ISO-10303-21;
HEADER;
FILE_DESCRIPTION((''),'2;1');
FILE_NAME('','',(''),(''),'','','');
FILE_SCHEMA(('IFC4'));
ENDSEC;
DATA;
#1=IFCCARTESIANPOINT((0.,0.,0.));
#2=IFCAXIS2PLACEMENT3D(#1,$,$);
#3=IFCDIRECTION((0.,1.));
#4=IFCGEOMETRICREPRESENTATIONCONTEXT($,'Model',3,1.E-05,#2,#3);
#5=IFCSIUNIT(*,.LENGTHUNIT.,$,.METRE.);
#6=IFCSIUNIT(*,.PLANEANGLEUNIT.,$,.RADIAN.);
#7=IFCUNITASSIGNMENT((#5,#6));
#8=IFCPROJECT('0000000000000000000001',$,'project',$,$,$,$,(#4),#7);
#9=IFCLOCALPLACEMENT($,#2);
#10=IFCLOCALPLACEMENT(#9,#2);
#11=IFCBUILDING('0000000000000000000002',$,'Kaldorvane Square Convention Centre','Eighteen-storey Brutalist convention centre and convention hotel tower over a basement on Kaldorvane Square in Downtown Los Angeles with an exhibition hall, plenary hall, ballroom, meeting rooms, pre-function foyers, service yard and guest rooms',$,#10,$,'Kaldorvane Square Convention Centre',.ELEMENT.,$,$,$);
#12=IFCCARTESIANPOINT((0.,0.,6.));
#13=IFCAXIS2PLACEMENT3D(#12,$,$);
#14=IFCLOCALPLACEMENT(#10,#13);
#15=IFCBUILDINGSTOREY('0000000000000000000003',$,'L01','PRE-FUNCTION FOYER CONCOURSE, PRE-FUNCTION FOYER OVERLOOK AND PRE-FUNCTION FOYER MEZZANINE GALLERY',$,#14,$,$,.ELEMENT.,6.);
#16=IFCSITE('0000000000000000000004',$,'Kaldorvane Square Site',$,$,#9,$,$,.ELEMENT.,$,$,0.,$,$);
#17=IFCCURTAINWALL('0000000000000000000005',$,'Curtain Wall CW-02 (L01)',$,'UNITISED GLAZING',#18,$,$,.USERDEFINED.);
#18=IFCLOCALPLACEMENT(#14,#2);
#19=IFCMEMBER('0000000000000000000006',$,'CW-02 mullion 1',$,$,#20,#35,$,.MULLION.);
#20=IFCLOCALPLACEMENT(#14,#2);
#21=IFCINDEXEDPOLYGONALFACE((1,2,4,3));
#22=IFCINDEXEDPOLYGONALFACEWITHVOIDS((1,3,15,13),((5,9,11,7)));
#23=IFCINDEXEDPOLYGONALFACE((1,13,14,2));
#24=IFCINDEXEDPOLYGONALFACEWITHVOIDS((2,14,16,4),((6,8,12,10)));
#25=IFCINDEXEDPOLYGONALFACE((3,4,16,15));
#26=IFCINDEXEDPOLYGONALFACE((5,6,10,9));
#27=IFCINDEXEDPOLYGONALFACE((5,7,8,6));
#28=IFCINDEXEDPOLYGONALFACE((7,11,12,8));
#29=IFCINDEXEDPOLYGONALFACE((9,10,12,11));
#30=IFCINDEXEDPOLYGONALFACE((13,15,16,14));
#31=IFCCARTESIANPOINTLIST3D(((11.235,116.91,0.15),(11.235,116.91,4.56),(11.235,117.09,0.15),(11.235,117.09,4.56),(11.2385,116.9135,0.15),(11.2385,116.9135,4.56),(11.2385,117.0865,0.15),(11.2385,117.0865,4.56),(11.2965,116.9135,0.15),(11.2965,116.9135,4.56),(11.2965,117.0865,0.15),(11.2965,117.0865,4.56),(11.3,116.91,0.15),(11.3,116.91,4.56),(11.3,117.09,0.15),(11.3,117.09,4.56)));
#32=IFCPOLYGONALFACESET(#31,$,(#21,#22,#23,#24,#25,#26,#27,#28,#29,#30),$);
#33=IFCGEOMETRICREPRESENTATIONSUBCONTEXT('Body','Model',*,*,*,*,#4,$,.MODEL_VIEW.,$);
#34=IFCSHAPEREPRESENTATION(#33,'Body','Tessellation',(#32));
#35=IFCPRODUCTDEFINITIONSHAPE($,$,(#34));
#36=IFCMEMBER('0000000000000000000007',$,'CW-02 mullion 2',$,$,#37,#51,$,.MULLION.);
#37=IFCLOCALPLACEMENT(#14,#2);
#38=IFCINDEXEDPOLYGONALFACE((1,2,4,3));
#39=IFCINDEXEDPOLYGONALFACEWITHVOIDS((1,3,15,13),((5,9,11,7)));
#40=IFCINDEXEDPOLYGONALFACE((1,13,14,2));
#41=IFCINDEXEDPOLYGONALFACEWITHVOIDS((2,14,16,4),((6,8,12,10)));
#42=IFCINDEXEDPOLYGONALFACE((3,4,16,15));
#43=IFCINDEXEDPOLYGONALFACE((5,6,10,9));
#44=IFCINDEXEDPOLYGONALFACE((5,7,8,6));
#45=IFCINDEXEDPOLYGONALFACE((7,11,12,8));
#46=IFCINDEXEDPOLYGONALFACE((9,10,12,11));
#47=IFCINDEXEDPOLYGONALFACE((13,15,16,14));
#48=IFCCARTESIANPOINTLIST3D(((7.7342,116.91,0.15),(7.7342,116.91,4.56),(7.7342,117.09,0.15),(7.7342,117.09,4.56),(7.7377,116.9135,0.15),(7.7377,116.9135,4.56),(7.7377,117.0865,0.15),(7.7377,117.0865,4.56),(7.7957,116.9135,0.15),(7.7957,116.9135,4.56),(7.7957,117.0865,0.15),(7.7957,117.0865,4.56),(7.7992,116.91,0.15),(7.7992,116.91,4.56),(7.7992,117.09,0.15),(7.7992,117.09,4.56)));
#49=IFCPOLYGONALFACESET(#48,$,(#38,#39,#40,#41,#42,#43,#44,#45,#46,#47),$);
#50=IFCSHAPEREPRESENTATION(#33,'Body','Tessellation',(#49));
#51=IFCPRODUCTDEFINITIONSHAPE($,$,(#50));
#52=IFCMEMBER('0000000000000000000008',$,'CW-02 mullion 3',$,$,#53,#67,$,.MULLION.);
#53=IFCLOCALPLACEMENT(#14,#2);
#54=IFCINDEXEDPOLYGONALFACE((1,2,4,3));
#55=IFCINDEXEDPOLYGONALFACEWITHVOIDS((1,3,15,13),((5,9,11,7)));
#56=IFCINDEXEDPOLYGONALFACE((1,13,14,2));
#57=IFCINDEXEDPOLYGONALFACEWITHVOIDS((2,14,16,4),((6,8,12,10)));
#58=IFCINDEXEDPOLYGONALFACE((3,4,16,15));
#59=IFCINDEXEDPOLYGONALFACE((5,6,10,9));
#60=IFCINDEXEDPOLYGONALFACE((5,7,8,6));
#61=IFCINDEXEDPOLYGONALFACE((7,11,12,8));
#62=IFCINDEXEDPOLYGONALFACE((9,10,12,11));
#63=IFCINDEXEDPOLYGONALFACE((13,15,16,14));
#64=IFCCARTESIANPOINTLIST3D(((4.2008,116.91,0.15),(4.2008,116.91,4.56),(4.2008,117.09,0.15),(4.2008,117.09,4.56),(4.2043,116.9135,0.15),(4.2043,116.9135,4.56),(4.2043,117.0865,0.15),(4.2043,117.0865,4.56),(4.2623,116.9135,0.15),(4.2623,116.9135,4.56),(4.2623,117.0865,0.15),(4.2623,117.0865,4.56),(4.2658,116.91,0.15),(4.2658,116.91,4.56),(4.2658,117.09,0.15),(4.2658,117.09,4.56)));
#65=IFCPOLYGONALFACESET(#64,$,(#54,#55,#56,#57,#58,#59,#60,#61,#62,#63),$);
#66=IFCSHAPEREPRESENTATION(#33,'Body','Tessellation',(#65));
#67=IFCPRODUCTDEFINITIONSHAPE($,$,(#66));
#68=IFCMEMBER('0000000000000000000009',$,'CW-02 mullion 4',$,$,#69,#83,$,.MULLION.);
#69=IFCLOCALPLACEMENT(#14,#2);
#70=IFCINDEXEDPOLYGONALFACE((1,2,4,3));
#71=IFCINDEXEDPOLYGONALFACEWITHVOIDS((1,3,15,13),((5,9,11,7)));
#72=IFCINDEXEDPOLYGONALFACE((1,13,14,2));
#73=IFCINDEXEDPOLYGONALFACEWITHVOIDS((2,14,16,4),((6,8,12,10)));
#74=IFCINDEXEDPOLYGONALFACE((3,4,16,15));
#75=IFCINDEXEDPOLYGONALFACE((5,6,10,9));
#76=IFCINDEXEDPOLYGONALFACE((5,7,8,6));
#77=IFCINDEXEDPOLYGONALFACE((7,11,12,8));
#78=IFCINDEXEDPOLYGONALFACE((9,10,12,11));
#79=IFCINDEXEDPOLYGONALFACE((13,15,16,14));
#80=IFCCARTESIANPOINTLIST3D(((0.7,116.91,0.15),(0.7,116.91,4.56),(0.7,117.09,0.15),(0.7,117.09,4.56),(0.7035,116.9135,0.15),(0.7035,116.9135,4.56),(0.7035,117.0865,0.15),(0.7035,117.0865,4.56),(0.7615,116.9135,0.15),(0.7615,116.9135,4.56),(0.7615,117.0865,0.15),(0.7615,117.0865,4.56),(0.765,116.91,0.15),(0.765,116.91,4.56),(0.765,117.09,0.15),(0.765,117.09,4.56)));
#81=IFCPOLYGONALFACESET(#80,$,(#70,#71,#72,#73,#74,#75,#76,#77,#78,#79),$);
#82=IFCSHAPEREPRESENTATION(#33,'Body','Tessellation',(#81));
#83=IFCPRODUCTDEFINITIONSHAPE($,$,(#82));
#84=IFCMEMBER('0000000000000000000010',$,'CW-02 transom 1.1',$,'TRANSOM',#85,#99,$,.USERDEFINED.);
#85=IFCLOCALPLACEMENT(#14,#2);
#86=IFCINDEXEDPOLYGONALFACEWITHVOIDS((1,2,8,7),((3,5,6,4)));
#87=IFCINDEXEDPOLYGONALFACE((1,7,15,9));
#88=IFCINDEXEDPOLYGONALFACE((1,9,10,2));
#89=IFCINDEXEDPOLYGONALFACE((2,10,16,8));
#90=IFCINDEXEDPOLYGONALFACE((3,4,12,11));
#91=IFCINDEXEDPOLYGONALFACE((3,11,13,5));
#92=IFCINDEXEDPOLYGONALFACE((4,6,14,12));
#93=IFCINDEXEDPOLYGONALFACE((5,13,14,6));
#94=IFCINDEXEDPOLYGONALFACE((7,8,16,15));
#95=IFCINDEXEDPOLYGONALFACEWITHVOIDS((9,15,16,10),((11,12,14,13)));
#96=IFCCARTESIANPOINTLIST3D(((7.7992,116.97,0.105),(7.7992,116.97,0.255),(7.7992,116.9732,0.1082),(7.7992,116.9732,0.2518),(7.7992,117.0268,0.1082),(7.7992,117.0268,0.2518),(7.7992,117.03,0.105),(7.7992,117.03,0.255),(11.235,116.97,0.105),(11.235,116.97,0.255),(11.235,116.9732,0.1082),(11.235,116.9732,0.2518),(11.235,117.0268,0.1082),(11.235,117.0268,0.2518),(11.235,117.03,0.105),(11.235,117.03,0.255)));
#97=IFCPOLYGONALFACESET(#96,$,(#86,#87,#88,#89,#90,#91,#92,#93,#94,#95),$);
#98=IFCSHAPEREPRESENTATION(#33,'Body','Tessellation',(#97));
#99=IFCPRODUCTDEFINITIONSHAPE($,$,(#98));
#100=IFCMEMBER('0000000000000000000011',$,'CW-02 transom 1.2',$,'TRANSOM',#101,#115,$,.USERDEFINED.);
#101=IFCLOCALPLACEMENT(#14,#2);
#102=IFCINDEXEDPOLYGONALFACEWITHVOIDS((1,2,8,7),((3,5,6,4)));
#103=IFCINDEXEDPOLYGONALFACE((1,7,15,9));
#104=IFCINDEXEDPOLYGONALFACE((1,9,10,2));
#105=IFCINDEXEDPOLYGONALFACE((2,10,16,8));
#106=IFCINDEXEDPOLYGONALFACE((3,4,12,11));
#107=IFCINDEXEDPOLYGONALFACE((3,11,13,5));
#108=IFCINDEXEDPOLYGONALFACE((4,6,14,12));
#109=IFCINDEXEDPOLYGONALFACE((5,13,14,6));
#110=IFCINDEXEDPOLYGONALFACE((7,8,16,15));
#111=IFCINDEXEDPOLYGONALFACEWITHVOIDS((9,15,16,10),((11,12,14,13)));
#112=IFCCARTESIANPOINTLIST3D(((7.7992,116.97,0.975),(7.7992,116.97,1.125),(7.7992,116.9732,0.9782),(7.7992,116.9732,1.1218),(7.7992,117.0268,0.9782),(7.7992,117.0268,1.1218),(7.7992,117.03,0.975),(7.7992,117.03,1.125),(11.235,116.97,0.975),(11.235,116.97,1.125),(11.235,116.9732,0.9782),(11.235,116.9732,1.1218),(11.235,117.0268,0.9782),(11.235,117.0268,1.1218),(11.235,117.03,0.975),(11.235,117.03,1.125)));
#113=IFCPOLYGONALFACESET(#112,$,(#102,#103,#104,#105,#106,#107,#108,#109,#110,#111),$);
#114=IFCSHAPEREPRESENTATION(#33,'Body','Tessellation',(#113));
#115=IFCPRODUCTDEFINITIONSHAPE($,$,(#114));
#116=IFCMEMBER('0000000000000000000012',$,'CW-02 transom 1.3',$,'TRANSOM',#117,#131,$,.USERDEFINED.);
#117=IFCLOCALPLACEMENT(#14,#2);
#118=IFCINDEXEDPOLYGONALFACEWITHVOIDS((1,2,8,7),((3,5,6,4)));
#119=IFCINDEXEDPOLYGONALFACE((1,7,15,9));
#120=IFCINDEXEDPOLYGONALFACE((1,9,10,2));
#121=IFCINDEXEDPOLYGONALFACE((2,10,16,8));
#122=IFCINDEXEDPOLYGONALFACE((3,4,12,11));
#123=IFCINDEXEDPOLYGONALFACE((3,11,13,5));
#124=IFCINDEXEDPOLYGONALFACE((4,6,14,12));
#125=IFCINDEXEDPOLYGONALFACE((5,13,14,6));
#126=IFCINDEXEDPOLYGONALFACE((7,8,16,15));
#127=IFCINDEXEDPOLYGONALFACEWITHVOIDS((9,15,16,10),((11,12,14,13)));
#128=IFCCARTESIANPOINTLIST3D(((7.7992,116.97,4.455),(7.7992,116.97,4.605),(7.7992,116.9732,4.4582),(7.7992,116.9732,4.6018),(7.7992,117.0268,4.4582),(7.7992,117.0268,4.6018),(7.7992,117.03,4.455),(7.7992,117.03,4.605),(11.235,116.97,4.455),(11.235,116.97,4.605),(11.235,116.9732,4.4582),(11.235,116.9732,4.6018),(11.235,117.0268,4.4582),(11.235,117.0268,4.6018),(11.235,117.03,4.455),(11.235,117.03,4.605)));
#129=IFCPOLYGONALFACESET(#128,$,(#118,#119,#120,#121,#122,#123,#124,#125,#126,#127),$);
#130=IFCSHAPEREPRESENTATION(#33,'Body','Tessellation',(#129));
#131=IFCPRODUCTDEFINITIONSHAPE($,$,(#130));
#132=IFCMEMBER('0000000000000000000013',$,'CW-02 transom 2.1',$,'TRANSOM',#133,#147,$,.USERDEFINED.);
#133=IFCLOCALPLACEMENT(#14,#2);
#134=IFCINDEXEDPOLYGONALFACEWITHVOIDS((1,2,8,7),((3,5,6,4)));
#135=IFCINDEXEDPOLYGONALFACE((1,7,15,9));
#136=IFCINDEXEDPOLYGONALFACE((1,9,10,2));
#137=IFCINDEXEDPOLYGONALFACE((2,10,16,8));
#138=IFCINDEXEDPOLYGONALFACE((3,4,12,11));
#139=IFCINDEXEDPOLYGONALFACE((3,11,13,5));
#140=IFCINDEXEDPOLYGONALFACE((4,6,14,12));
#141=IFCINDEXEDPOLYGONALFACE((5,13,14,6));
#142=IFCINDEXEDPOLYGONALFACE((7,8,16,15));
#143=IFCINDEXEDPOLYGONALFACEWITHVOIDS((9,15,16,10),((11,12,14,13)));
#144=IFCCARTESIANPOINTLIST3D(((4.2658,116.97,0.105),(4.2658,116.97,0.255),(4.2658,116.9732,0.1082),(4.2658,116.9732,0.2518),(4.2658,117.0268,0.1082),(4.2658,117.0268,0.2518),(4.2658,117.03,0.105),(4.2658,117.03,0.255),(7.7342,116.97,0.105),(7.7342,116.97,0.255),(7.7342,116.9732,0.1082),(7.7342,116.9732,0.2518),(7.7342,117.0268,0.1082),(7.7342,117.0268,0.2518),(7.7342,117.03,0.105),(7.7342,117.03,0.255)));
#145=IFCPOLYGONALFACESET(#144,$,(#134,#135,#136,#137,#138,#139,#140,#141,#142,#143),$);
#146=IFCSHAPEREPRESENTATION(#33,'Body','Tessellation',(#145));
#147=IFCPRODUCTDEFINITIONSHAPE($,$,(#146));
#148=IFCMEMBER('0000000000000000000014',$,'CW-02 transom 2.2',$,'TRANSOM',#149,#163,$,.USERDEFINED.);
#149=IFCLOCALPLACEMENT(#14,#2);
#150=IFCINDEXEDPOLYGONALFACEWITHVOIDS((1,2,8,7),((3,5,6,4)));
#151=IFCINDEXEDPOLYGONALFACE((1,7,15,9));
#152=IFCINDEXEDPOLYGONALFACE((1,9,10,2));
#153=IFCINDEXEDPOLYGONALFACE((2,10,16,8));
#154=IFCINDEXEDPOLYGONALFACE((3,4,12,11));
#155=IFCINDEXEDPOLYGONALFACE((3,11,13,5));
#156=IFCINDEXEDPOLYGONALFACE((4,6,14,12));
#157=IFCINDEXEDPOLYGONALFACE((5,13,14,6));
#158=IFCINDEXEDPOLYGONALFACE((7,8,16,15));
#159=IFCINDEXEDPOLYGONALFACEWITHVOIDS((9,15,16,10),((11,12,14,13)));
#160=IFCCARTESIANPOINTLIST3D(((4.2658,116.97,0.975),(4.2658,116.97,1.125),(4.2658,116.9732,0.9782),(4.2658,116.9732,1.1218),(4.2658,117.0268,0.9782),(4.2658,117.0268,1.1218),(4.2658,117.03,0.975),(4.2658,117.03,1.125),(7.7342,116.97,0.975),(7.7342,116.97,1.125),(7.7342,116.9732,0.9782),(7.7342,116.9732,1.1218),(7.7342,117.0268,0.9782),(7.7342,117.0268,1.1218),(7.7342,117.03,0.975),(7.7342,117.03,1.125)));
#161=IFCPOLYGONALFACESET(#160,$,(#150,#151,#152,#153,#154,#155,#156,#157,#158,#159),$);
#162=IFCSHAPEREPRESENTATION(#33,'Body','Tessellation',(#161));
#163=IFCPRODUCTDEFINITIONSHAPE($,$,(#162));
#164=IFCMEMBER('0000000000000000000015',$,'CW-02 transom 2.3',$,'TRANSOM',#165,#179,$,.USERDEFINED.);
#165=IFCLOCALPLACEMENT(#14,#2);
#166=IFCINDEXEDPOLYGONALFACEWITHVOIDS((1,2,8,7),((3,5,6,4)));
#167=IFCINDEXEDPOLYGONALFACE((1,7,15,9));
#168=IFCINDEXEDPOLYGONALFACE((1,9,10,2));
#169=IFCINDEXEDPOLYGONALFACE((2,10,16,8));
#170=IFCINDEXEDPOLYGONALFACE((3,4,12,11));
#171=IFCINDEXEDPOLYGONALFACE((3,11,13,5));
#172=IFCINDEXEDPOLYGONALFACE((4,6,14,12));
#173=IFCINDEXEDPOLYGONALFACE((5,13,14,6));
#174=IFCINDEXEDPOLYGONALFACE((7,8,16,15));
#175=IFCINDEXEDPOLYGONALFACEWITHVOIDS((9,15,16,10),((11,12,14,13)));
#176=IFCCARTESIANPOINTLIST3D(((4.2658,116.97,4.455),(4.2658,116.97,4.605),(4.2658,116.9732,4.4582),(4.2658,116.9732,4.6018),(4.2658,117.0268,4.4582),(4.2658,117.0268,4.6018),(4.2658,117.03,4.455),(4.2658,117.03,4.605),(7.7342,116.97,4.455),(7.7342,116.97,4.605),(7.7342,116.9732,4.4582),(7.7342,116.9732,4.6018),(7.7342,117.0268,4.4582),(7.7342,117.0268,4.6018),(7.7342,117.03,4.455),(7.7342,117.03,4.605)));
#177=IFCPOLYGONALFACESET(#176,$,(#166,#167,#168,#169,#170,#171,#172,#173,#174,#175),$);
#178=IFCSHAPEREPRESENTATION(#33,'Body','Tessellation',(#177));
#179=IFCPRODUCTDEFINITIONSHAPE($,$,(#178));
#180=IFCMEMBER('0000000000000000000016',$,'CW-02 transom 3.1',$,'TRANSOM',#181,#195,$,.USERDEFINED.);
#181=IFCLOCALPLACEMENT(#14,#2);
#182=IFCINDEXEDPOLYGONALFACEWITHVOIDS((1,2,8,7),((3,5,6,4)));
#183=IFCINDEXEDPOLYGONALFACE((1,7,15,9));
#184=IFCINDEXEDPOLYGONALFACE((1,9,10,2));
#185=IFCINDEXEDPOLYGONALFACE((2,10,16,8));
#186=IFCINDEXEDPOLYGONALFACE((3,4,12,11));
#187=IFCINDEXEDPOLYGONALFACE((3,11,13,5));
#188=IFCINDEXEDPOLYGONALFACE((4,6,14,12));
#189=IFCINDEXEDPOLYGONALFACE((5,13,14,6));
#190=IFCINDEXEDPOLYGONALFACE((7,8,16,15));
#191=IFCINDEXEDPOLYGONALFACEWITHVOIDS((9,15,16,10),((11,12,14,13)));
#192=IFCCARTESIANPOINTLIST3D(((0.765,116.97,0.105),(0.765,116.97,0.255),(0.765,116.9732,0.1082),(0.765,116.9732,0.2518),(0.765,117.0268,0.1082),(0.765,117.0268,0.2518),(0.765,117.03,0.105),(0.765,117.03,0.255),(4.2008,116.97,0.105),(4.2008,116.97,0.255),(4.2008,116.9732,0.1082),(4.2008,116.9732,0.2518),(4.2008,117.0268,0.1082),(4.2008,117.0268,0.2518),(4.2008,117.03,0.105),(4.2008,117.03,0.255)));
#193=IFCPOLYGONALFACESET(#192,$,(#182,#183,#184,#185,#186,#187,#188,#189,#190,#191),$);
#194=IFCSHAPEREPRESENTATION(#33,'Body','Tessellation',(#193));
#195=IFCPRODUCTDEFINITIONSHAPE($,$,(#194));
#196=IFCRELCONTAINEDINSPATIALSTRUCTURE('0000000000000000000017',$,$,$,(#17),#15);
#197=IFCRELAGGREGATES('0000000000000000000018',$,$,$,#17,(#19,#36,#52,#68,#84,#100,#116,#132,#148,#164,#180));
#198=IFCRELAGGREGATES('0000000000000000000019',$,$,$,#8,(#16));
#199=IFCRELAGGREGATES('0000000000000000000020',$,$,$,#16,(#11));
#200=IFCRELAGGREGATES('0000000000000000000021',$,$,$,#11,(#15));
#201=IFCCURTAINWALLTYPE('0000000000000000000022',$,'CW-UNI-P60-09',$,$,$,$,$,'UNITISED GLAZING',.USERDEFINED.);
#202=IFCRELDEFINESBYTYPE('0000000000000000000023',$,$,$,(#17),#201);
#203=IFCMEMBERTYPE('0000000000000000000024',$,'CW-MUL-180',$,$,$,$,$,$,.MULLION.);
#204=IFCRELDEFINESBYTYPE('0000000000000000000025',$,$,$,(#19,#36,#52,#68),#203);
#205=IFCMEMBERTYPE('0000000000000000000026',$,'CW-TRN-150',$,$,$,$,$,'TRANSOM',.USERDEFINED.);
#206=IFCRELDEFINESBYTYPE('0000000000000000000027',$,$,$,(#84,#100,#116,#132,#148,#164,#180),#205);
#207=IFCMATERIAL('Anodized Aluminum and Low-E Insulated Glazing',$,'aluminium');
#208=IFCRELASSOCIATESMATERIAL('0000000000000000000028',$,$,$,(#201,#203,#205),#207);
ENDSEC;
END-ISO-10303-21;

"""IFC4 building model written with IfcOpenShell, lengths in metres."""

from ifc_helpers import new_model, si_unit, direction, frame, origin, origin_2d, place, context, subcontext, project, spatial, hollow_rectangle, extrude, material, material_profile, profile_set, type_object, element, aggregate, save


model = new_model("IFC4")

# Units and contexts
model_context = context("Model", 3, precision=1e-05, world=origin(), true_north=direction((0.0, 1.0)))
body_context = subcontext(model_context, "Body", "Model", "MODEL_VIEW")
ifc_project = project(units=[si_unit("LENGTHUNIT", "METRE"), si_unit("PLANEANGLEUNIT", "RADIAN")], contexts=[model_context])

# Site, building, storey
site_placement = place(None, origin())
site = spatial("IfcSite", under=ifc_project, at=site_placement, Name="Kaldorvane Square Site", CompositionType="ELEMENT", RefElevation=0.0)
building_placement = place(site_placement, origin())
building = spatial("IfcBuilding", under=site, at=building_placement, Name="Kaldorvane Square Convention Centre", Description="Eighteen-storey Brutalist convention centre and convention hotel tower over a basement on Kaldorvane Square in Downtown Los Angeles with an exhibition hall, plenary hall, ballroom, meeting rooms, pre-function foyers, service yard and guest rooms", LongName="Kaldorvane Square Convention Centre", CompositionType="ELEMENT")
storey_placement = place(building_placement, frame((0.0, 0.0, 6.0)))
storey = spatial("IfcBuildingStorey", under=building, at=storey_placement, Name="L01", Description="PRE-FUNCTION FOYER CONCOURSE, PRE-FUNCTION FOYER OVERLOOK AND PRE-FUNCTION FOYER MEZZANINE GALLERY", CompositionType="ELEMENT", Elevation=6.0)

# Curtain wall, members
ifc_material_1 = material(Name="Anodized Aluminum and Low-E Insulated Glazing", Category="aluminium")
curtain_wall_type = type_object("IfcCurtainWallType", Name="CW-UNI-P60-09", ElementType="UNITISED GLAZING", PredefinedType="USERDEFINED", material=ifc_material_1)
curtain_wall_placement = place(storey_placement, origin())
curtain_wall = element("IfcCurtainWall", 1, at=curtain_wall_placement, inside=storey, type_object=curtain_wall_type, Name="Curtain Wall CW-02 (L01)", ObjectType="UNITISED GLAZING", PredefinedType="USERDEFINED")
ifc_material_profile_1 = material_profile(ifc_material_1, hollow_rectangle(XDim=0.065, YDim=0.18, WallThickness=0.0035, at=origin_2d()), Name="CWM-180X65")
ifc_profile_set_1 = profile_set([ifc_material_profile_1], Name="Anodized Aluminum and Low-E Insulated Glazing")
member_type_1 = type_object("IfcMemberType", Name="CW-MUL-180", PredefinedType="MULLION", material=ifc_profile_set_1)
member_1_placement = place(storey_placement, frame((11.2675, 117.0, 0.15), z_axis=(0.0, 0.0, 1.0), x_axis=(-1.0, 0.0, 0.0)))
member_1 = element("IfcMember", 2, at=member_1_placement, type_object=member_type_1, Name="CW-02 mullion 1", PredefinedType="MULLION", context=body_context, shape_type="SweptSolid", body=[
    extrude(hollow_rectangle(XDim=0.065, YDim=0.18, WallThickness=0.0035, at=origin_2d()), origin(), (0.0, 0.0, 1.0), 4.41),
])
member_2_placement = place(storey_placement, frame((7.7667, 117.0, 0.15), z_axis=(0.0, 0.0, 1.0), x_axis=(-1.0, 0.0, 0.0)))
member_2 = element("IfcMember", 3, at=member_2_placement, type_object=member_type_1, Name="CW-02 mullion 2", PredefinedType="MULLION", context=body_context, shape_type="SweptSolid", body=[
    extrude(hollow_rectangle(XDim=0.065, YDim=0.18, WallThickness=0.0035, at=origin_2d()), origin(), (0.0, 0.0, 1.0), 4.41),
])
member_3_placement = place(storey_placement, frame((4.2333, 117.0, 0.15), z_axis=(0.0, 0.0, 1.0), x_axis=(-1.0, 0.0, 0.0)))
member_3 = element("IfcMember", 4, at=member_3_placement, type_object=member_type_1, Name="CW-02 mullion 3", PredefinedType="MULLION", context=body_context, shape_type="SweptSolid", body=[
    extrude(hollow_rectangle(XDim=0.065, YDim=0.18, WallThickness=0.0035, at=origin_2d()), origin(), (0.0, 0.0, 1.0), 4.41),
])
member_4_placement = place(storey_placement, frame((0.7325, 117.0, 0.15), z_axis=(0.0, 0.0, 1.0), x_axis=(-1.0, 0.0, 0.0)))
member_4 = element("IfcMember", 5, at=member_4_placement, type_object=member_type_1, Name="CW-02 mullion 4", PredefinedType="MULLION", context=body_context, shape_type="SweptSolid", body=[
    extrude(hollow_rectangle(XDim=0.065, YDim=0.18, WallThickness=0.0035, at=origin_2d()), origin(), (0.0, 0.0, 1.0), 4.41),
])
ifc_material_profile_2 = material_profile(ifc_material_1, hollow_rectangle(XDim=0.06, YDim=0.15, WallThickness=0.0032, at=origin_2d()), Name="CWT-150X60")
ifc_profile_set_2 = profile_set([ifc_material_profile_2], Name="Anodized Aluminum and Low-E Insulated Glazing")
member_type_2 = type_object("IfcMemberType", Name="CW-TRN-150", ElementType="TRANSOM", PredefinedType="USERDEFINED", material=ifc_profile_set_2)
member_5_placement = place(storey_placement, frame((11.235, 117.0, 0.18), z_axis=(-1.0, 0.0, 0.0), x_axis=(0.0, -1.0, 0.0)))
member_5 = element("IfcMember", 6, at=member_5_placement, type_object=member_type_2, Name="CW-02 transom 1.1", ObjectType="TRANSOM", PredefinedType="USERDEFINED", context=body_context, shape_type="SweptSolid", body=[
    extrude(hollow_rectangle(XDim=0.06, YDim=0.15, WallThickness=0.0032, at=origin_2d()), origin(), (0.0, 0.0, 1.0), 3.4358),
])
member_6_placement = place(storey_placement, frame((11.235, 117.0, 1.05), z_axis=(-1.0, 0.0, 0.0), x_axis=(0.0, -1.0, 0.0)))
member_6 = element("IfcMember", 7, at=member_6_placement, type_object=member_type_2, Name="CW-02 transom 1.2", ObjectType="TRANSOM", PredefinedType="USERDEFINED", context=body_context, shape_type="SweptSolid", body=[
    extrude(hollow_rectangle(XDim=0.06, YDim=0.15, WallThickness=0.0032, at=origin_2d()), origin(), (0.0, 0.0, 1.0), 3.4358),
])
member_7_placement = place(storey_placement, frame((11.235, 117.0, 4.53), z_axis=(-1.0, 0.0, 0.0), x_axis=(0.0, -1.0, 0.0)))
member_7 = element("IfcMember", 8, at=member_7_placement, type_object=member_type_2, Name="CW-02 transom 1.3", ObjectType="TRANSOM", PredefinedType="USERDEFINED", context=body_context, shape_type="SweptSolid", body=[
    extrude(hollow_rectangle(XDim=0.06, YDim=0.15, WallThickness=0.0032, at=origin_2d()), origin(), (0.0, 0.0, 1.0), 3.4358),
])
member_8_placement = place(storey_placement, frame((7.7342, 117.0, 0.18), z_axis=(-1.0, 0.0, 0.0), x_axis=(0.0, -1.0, 0.0)))
member_8 = element("IfcMember", 9, at=member_8_placement, type_object=member_type_2, Name="CW-02 transom 2.1", ObjectType="TRANSOM", PredefinedType="USERDEFINED", context=body_context, shape_type="SweptSolid", body=[
    extrude(hollow_rectangle(XDim=0.06, YDim=0.15, WallThickness=0.0032, at=origin_2d()), origin(), (0.0, 0.0, 1.0), 3.4683),
])
member_9_placement = place(storey_placement, frame((7.7342, 117.0, 1.05), z_axis=(-1.0, 0.0, 0.0), x_axis=(0.0, -1.0, 0.0)))
member_9 = element("IfcMember", 10, at=member_9_placement, type_object=member_type_2, Name="CW-02 transom 2.2", ObjectType="TRANSOM", PredefinedType="USERDEFINED", context=body_context, shape_type="SweptSolid", body=[
    extrude(hollow_rectangle(XDim=0.06, YDim=0.15, WallThickness=0.0032, at=origin_2d()), origin(), (0.0, 0.0, 1.0), 3.4683),
])
member_10_placement = place(storey_placement, frame((7.7342, 117.0, 4.53), z_axis=(-1.0, 0.0, 0.0), x_axis=(0.0, -1.0, 0.0)))
member_10 = element("IfcMember", 11, at=member_10_placement, type_object=member_type_2, Name="CW-02 transom 2.3", ObjectType="TRANSOM", PredefinedType="USERDEFINED", context=body_context, shape_type="SweptSolid", body=[
    extrude(hollow_rectangle(XDim=0.06, YDim=0.15, WallThickness=0.0032, at=origin_2d()), origin(), (0.0, 0.0, 1.0), 3.4683),
])
member_11_placement = place(storey_placement, frame((4.2008, 117.0, 0.18), z_axis=(-1.0, 0.0, 0.0), x_axis=(0.0, -1.0, 0.0)))
member_11 = element("IfcMember", 12, at=member_11_placement, type_object=member_type_2, Name="CW-02 transom 3.1", ObjectType="TRANSOM", PredefinedType="USERDEFINED", context=body_context, shape_type="SweptSolid", body=[
    extrude(hollow_rectangle(XDim=0.06, YDim=0.15, WallThickness=0.0032, at=origin_2d()), origin(), (0.0, 0.0, 1.0), 3.4358),
])
aggregate(curtain_wall, [member_1, member_2, member_3, member_4, member_5, member_6, member_7, member_8, member_9, member_10, member_11])

save(model, "model.ifc")
